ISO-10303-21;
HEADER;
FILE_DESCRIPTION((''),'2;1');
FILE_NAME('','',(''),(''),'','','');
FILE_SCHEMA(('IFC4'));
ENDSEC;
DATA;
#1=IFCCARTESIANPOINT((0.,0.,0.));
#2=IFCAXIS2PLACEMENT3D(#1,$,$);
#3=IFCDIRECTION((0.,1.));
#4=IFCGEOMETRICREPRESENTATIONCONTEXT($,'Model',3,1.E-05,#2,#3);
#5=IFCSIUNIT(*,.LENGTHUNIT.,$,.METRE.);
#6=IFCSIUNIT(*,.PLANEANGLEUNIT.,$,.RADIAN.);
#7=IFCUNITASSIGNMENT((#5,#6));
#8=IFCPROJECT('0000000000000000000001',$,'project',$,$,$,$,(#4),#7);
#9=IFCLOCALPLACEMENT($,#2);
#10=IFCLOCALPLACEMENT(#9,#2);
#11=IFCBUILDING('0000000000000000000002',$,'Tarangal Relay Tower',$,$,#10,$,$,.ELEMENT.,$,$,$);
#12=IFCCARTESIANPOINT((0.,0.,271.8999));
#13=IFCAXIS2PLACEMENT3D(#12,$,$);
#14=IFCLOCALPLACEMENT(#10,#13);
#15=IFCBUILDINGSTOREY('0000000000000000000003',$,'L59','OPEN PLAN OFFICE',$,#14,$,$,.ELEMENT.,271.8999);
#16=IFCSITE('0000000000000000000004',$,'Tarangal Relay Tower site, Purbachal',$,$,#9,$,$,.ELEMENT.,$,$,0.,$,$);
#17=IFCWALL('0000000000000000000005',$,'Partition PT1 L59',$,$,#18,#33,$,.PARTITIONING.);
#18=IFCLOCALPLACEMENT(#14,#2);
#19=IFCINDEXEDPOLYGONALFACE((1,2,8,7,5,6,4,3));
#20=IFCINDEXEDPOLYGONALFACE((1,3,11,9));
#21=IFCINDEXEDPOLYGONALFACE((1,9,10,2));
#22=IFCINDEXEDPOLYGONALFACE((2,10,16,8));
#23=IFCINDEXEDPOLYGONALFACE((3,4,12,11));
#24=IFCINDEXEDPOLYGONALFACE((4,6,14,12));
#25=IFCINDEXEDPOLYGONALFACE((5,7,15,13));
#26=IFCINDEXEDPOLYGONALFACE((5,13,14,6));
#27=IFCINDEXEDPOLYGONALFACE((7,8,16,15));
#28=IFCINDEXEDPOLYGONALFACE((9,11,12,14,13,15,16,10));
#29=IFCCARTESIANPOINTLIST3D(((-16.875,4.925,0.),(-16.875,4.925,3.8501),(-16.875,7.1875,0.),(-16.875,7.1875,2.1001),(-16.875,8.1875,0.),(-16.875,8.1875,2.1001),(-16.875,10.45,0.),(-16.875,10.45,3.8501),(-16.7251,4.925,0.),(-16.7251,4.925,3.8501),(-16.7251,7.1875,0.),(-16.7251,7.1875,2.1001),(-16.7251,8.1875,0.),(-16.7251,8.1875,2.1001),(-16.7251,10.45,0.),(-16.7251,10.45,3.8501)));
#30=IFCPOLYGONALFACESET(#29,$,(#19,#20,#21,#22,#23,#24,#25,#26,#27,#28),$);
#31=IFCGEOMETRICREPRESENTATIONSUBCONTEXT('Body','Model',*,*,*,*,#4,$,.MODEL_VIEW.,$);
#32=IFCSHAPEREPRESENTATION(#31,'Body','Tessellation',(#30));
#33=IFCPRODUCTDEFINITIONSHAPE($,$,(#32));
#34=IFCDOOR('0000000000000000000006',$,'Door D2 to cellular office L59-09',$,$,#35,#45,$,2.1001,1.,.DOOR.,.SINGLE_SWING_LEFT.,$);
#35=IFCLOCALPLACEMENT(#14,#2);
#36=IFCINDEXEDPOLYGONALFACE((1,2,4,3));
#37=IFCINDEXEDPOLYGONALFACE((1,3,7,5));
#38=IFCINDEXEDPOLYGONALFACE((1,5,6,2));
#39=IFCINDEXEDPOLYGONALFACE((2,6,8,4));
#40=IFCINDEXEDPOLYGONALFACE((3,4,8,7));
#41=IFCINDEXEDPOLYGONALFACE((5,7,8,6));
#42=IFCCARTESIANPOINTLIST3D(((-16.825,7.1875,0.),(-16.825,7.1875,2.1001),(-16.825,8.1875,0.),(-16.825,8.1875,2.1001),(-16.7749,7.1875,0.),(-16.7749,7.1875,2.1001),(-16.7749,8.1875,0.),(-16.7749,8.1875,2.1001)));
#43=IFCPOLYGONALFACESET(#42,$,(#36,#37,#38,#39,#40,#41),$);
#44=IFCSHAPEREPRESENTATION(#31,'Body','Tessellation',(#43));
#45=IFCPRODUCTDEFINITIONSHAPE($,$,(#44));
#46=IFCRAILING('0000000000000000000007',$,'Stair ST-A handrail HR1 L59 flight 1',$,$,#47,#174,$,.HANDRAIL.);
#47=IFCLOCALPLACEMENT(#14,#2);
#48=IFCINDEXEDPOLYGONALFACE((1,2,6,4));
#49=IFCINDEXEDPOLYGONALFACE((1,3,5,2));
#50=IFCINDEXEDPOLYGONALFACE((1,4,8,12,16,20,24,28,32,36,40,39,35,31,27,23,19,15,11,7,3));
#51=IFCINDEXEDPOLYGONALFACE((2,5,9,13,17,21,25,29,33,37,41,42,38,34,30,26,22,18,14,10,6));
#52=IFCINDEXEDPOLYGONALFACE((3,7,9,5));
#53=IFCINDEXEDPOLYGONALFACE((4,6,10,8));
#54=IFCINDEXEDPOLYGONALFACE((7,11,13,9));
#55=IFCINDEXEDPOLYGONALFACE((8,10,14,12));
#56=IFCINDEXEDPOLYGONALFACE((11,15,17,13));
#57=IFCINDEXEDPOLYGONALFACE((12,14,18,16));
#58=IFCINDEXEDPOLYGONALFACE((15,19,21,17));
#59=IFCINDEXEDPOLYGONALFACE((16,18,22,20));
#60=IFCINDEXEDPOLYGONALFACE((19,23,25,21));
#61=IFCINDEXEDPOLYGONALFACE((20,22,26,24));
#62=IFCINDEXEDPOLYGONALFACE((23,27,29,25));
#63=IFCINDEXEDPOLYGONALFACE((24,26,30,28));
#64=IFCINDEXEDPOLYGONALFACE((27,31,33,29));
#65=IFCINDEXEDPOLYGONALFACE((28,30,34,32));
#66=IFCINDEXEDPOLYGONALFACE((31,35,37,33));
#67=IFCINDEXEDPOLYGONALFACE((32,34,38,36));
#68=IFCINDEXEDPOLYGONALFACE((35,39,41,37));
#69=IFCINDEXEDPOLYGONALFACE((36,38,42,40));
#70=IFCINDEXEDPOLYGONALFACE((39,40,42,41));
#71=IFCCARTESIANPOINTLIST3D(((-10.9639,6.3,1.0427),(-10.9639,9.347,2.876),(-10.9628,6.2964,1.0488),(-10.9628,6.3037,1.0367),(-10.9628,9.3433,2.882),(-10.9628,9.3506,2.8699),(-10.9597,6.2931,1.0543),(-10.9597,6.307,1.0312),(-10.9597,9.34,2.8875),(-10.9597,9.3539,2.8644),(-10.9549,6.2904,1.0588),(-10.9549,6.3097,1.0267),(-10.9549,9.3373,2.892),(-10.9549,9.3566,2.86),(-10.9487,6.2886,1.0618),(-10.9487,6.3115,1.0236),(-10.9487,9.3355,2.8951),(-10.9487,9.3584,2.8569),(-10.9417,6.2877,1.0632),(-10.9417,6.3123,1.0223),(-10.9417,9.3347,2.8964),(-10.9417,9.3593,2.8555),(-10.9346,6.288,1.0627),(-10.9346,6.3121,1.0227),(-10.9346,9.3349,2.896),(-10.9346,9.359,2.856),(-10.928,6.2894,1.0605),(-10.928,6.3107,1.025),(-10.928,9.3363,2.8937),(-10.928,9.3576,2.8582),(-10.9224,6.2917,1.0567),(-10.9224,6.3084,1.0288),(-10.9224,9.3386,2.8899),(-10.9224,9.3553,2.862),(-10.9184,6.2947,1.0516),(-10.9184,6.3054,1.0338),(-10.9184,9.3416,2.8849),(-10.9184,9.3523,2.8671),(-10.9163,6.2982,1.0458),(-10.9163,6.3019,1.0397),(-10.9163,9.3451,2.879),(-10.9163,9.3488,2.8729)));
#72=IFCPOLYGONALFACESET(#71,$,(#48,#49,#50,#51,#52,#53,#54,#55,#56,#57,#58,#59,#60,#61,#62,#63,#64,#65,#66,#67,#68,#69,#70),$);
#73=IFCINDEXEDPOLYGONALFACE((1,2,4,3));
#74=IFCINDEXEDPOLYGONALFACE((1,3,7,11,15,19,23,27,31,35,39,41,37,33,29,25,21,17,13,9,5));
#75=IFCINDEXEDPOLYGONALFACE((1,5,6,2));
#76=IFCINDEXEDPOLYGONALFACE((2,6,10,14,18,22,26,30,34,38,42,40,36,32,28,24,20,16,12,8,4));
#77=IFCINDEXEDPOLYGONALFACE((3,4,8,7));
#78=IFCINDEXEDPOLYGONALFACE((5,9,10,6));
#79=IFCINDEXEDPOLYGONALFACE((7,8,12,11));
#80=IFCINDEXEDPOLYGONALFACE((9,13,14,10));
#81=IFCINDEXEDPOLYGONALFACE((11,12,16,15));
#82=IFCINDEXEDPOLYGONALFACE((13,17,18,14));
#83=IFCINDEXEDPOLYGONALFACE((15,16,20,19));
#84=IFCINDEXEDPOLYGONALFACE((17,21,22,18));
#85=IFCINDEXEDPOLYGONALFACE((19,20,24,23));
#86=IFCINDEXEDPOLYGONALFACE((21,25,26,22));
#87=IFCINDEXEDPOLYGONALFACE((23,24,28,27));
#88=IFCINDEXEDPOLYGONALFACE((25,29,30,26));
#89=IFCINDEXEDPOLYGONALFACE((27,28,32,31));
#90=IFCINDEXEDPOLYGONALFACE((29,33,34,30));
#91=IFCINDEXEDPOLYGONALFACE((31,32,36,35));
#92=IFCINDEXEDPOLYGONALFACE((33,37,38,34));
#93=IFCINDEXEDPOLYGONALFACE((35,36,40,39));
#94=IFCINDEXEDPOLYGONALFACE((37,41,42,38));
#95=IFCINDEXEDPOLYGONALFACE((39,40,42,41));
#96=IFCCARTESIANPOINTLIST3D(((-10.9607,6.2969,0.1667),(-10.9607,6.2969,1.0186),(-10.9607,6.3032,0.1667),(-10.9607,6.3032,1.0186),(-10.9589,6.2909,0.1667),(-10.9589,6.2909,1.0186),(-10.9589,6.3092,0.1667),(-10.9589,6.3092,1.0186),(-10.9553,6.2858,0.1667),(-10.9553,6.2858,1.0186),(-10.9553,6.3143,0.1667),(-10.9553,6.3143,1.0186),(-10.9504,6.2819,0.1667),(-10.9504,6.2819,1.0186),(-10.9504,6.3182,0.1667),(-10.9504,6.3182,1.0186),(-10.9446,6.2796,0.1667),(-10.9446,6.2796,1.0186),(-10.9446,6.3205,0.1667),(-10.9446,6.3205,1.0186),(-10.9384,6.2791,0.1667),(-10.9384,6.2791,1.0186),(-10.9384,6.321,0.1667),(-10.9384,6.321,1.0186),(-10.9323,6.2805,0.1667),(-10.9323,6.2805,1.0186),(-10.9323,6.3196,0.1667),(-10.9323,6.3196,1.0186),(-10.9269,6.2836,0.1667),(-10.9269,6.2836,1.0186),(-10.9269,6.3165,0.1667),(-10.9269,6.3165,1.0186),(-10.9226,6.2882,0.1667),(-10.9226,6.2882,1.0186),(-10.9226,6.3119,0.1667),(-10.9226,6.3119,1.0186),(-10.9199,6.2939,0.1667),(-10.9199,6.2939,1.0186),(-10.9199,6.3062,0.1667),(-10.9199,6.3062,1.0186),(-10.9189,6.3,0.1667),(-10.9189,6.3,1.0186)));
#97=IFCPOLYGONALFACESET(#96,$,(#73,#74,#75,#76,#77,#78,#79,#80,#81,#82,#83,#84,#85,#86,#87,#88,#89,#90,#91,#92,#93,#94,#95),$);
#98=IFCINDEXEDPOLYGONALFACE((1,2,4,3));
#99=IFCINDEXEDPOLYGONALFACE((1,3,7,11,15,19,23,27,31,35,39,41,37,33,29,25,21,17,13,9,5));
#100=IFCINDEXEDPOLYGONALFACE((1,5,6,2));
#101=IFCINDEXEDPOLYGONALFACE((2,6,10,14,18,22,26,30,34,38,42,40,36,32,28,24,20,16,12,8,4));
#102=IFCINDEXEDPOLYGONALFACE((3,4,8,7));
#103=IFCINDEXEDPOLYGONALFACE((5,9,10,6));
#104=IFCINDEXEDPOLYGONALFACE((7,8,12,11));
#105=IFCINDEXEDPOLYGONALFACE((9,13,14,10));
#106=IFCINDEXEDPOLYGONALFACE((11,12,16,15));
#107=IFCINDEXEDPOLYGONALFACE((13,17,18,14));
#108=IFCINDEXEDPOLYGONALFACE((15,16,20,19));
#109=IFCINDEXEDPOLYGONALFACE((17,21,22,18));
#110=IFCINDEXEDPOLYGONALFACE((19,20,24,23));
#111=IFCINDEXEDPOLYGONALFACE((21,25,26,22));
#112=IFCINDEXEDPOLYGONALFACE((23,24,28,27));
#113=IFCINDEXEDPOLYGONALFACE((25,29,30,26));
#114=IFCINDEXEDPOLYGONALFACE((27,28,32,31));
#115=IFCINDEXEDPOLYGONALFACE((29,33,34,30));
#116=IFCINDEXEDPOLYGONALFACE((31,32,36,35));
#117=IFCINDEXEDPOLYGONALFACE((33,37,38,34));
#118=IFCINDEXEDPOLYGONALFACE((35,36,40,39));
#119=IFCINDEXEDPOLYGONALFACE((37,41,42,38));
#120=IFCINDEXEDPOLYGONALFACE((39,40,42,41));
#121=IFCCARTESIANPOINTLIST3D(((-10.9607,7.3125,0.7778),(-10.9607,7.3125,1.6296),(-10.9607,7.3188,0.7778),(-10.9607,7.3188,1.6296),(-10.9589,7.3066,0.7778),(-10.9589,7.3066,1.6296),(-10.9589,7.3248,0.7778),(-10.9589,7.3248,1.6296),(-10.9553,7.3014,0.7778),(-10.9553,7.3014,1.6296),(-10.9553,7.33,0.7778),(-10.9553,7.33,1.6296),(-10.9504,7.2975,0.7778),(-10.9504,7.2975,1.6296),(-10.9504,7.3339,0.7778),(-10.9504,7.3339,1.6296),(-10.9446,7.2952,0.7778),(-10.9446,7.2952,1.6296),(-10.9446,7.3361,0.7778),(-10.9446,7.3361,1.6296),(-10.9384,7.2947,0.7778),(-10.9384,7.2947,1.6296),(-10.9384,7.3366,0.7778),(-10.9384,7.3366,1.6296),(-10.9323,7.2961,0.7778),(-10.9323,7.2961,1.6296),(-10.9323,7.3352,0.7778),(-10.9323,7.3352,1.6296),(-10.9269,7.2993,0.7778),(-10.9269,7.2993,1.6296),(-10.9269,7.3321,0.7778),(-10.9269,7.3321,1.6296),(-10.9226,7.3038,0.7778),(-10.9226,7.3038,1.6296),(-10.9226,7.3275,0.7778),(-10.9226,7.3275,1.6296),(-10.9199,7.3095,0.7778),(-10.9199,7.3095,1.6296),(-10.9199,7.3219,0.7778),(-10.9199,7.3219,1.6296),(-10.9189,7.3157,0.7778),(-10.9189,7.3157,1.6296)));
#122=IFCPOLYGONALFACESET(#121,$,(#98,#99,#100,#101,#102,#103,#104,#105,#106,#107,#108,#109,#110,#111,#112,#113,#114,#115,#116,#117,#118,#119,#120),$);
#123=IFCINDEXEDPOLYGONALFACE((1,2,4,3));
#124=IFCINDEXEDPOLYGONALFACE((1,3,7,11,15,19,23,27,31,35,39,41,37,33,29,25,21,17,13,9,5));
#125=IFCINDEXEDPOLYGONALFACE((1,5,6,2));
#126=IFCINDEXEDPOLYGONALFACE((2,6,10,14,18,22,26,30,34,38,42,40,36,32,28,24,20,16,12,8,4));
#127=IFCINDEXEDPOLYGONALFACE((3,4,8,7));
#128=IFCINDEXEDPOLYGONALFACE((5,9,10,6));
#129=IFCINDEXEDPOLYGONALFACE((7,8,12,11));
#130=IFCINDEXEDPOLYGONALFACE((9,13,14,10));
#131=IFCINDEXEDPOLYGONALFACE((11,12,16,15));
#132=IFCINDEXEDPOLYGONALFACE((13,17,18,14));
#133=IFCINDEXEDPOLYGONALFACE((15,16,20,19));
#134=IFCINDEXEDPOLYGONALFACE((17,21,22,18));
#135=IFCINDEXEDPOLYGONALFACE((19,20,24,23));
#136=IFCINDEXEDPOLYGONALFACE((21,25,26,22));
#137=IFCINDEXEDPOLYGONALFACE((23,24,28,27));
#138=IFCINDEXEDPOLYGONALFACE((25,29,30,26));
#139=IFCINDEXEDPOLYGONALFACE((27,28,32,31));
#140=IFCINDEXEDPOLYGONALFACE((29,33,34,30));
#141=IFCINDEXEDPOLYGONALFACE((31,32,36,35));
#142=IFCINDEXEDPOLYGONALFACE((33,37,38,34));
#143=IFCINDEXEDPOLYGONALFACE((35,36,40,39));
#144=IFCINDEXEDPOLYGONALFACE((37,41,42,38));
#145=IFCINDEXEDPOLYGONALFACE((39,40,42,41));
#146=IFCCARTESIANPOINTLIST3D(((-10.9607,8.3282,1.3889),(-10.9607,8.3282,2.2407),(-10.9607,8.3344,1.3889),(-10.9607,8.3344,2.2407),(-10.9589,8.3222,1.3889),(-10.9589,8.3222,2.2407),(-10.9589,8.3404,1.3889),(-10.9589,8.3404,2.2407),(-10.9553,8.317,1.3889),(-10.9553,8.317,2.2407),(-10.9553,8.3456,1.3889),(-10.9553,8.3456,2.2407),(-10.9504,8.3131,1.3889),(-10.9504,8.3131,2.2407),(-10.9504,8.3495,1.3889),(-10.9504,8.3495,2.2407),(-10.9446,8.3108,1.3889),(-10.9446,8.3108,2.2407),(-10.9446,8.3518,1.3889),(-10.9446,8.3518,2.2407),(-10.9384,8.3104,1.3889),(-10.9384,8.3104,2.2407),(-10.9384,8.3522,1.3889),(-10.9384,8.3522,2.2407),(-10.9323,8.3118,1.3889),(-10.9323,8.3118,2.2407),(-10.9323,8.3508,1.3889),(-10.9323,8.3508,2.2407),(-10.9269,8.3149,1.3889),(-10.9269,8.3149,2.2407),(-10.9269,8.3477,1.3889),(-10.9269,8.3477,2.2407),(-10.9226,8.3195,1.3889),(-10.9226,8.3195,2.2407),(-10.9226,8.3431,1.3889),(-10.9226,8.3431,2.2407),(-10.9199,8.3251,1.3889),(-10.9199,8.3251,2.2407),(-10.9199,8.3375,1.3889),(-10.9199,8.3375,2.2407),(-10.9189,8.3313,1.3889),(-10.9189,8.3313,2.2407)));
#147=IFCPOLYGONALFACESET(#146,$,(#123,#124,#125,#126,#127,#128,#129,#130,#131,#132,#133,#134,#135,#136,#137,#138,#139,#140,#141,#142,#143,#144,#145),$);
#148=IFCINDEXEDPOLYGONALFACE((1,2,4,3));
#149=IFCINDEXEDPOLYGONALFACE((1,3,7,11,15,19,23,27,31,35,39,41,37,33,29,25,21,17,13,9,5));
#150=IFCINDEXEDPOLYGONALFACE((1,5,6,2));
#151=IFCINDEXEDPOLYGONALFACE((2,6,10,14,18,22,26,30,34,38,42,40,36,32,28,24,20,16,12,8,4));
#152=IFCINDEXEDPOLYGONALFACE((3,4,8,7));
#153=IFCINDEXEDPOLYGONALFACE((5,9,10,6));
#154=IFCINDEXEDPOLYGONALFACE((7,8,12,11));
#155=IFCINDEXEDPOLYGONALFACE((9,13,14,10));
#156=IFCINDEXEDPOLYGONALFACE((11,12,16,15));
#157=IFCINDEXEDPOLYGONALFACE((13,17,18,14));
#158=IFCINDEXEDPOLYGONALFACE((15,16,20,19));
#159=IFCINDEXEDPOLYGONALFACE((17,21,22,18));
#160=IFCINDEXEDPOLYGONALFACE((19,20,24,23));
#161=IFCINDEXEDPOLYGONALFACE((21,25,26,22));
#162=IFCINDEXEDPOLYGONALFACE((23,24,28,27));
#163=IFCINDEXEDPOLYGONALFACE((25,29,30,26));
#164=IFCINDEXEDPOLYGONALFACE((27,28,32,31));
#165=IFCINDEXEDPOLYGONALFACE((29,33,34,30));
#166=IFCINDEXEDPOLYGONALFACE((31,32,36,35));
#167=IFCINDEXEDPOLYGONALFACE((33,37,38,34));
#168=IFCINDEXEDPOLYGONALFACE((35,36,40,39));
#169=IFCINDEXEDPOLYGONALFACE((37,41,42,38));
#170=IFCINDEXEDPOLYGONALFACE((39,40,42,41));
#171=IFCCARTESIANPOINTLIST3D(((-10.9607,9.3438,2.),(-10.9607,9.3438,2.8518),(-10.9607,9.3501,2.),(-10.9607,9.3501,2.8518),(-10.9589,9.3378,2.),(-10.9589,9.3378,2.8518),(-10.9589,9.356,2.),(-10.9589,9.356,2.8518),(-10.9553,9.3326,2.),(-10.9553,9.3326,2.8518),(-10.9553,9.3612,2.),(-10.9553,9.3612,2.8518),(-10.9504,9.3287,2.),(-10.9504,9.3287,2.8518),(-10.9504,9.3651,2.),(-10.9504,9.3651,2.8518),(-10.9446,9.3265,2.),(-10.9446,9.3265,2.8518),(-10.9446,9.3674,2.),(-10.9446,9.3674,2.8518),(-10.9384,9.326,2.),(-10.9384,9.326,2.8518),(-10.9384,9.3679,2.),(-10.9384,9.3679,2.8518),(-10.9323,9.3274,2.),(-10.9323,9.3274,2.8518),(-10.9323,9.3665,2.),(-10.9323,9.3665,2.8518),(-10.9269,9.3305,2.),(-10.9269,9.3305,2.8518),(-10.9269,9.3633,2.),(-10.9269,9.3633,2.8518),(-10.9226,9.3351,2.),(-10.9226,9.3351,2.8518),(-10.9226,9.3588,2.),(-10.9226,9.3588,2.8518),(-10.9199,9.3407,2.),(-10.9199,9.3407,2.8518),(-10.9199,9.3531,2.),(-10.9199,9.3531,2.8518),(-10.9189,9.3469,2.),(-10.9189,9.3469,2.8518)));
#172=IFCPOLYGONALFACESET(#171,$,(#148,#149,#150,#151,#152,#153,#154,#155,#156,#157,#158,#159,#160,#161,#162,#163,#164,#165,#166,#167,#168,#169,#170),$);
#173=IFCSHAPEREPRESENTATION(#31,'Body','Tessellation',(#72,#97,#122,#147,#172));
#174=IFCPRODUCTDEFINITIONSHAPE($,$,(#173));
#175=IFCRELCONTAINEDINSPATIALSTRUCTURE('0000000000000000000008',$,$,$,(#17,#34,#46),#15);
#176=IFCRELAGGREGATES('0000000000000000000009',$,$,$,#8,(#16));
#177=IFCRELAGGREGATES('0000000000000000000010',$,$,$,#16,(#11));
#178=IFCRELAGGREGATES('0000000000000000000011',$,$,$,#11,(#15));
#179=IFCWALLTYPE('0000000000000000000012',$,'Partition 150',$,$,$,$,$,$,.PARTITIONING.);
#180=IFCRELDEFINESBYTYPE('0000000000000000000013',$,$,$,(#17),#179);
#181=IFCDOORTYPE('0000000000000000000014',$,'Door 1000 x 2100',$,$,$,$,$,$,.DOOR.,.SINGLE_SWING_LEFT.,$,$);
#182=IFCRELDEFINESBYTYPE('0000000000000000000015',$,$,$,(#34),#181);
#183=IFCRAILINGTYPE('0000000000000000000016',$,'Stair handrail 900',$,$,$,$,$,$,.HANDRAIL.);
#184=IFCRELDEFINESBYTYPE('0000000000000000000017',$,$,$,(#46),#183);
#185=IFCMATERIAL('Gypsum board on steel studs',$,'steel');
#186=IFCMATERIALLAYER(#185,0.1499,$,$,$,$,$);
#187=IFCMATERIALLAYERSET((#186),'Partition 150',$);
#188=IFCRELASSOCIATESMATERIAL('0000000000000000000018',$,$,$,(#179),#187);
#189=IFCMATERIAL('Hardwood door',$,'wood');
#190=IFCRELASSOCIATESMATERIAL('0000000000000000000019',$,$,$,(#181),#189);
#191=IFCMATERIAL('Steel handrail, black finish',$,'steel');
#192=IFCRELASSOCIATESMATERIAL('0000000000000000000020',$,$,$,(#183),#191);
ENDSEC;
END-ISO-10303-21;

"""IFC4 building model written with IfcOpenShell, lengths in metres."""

from ifc_helpers import new_model, si_unit, direction, frame, frame_2d, origin, origin_2d, place, context, subcontext, project, spatial, rectangle, circle, extrude, material, layer, layer_set, type_object, element, fill, save


model = new_model("IFC4")

# Units and contexts
model_context = context("Model", 3, precision=1e-05, world=origin(), true_north=direction((0.0, 1.0)))
body_context = subcontext(model_context, "Body", "Model", "MODEL_VIEW")
ifc_project = project(units=[si_unit("LENGTHUNIT", "METRE"), si_unit("PLANEANGLEUNIT", "RADIAN")], contexts=[model_context])

# Site, building, storey
site_placement = place(None, origin())
site = spatial("IfcSite", under=ifc_project, at=site_placement, Name="Tarangal Relay Tower site, Purbachal", CompositionType="ELEMENT", RefElevation=0.0)
building_placement = place(site_placement, origin())
building = spatial("IfcBuilding", under=site, at=building_placement, Name="Tarangal Relay Tower", CompositionType="ELEMENT")
storey_placement = place(building_placement, frame((0.0, 0.0, 271.8999)))
storey = spatial("IfcBuildingStorey", under=building, at=storey_placement, Name="L59", Description="OPEN PLAN OFFICE", CompositionType="ELEMENT", Elevation=271.8999)

# Shared definitions
ifc_material_1 = material(Name="Gypsum board on steel studs", Category="steel")
ifc_layer_1 = layer(ifc_material_1, 0.1499)
ifc_layer_set_1 = layer_set([ifc_layer_1], Name="Partition 150")
wall_type_1 = type_object("IfcWallType", Name="Partition 150", PredefinedType="PARTITIONING", material=ifc_layer_set_1)

# Wall, opening, door
wall_1_placement = place(storey_placement, frame((-16.8, 4.925, 0.0), z_axis=(0.0, 0.0, 1.0), x_axis=(0.0, 1.0, 0.0)))
wall_1 = element("IfcWall", 1, at=wall_1_placement, inside=storey, type_object=wall_type_1, Name="Partition PT1 L59", PredefinedType="PARTITIONING", context=body_context, shape_type="SweptSolid", body=[
    extrude(rectangle(XDim=5.5249, YDim=0.1499, at=frame_2d((2.7625, 0.0))), origin(), (0.0, 0.0, 1.0), 3.8501),
])
opening_1_placement = place(wall_1_placement, frame((2.2625, 0.0, 0.0)))
opening_1 = element("IfcOpeningElement", 2, at=opening_1_placement, cuts=wall_1, PredefinedType="OPENING", context=body_context, shape_type="SweptSolid", body=[
    extrude(rectangle(XDim=1.0, YDim=2.1001, at=frame_2d((0.5, 1.05))), frame((0.0, 0.085, 0.0), z_axis=(0.0, -1.0, 0.0), x_axis=(1.0, 0.0, 0.0)), (0.0, 0.0, 1.0), 0.1699),
])
ifc_material_2 = material(Name="Hardwood door", Category="wood")
door_type_1 = type_object("IfcDoorType", Name="Door 1000 x 2100", OperationType="SINGLE_SWING_LEFT", PredefinedType="DOOR", material=ifc_material_2)
door_1_placement = place(opening_1_placement, origin())
door_1 = element("IfcDoor", 3, at=door_1_placement, inside=storey, type_object=door_type_1, Name="Door D2 to cellular office L59-09", OperationType="SINGLE_SWING_LEFT", OverallHeight=2.1001, OverallWidth=1.0, PredefinedType="DOOR", context=body_context, shape_type="SweptSolid", body=[
    extrude(rectangle(XDim=1.0, YDim=2.1001, at=frame_2d((0.5, 1.05))), frame((0.0, 0.0249, 0.0), z_axis=(0.0, -1.0, 0.0), x_axis=(1.0, 0.0, 0.0)), (0.0, 0.0, 1.0), 0.05),
])
fill(opening_1, door_1)

# Railing
ifc_material_3 = material(Name="Steel handrail, black finish", Category="steel")
railing_type = type_object("IfcRailingType", Name="Stair handrail 900", PredefinedType="HANDRAIL", material=ifc_material_3)
railing_placement = place(storey_placement, frame((-10.9399, 6.3, 0.1667)))
element("IfcRailing", 4, at=railing_placement, inside=storey, type_object=railing_type, Name="Stair ST-A handrail HR1 L59 flight 1", PredefinedType="HANDRAIL", context=body_context, shape_type="SweptSolid", body=[
    extrude(circle(Radius=0.0239, at=origin_2d()), frame((0.0, 0.0, 0.876), z_axis=(0.0, 0.856856, 0.515556), x_axis=(-1.0, 0.0, 0.0)), (0.0, 0.0, 1.0), 3.5559),
    extrude(circle(Radius=0.021, at=origin_2d()), origin(), (0.0, 0.0, 1.0), 0.8518),
    extrude(circle(Radius=0.021, at=origin_2d()), frame((0.0, 1.0156, 0.6111)), (0.0, 0.0, 1.0), 0.8518),
    extrude(circle(Radius=0.021, at=origin_2d()), frame((0.0, 2.0312, 1.2222)), (0.0, 0.0, 1.0), 0.8518),
    extrude(circle(Radius=0.021, at=origin_2d()), frame((0.0, 3.0469, 1.8333)), (0.0, 0.0, 1.0), 0.8518),
])

save(model, "model.ifc")
